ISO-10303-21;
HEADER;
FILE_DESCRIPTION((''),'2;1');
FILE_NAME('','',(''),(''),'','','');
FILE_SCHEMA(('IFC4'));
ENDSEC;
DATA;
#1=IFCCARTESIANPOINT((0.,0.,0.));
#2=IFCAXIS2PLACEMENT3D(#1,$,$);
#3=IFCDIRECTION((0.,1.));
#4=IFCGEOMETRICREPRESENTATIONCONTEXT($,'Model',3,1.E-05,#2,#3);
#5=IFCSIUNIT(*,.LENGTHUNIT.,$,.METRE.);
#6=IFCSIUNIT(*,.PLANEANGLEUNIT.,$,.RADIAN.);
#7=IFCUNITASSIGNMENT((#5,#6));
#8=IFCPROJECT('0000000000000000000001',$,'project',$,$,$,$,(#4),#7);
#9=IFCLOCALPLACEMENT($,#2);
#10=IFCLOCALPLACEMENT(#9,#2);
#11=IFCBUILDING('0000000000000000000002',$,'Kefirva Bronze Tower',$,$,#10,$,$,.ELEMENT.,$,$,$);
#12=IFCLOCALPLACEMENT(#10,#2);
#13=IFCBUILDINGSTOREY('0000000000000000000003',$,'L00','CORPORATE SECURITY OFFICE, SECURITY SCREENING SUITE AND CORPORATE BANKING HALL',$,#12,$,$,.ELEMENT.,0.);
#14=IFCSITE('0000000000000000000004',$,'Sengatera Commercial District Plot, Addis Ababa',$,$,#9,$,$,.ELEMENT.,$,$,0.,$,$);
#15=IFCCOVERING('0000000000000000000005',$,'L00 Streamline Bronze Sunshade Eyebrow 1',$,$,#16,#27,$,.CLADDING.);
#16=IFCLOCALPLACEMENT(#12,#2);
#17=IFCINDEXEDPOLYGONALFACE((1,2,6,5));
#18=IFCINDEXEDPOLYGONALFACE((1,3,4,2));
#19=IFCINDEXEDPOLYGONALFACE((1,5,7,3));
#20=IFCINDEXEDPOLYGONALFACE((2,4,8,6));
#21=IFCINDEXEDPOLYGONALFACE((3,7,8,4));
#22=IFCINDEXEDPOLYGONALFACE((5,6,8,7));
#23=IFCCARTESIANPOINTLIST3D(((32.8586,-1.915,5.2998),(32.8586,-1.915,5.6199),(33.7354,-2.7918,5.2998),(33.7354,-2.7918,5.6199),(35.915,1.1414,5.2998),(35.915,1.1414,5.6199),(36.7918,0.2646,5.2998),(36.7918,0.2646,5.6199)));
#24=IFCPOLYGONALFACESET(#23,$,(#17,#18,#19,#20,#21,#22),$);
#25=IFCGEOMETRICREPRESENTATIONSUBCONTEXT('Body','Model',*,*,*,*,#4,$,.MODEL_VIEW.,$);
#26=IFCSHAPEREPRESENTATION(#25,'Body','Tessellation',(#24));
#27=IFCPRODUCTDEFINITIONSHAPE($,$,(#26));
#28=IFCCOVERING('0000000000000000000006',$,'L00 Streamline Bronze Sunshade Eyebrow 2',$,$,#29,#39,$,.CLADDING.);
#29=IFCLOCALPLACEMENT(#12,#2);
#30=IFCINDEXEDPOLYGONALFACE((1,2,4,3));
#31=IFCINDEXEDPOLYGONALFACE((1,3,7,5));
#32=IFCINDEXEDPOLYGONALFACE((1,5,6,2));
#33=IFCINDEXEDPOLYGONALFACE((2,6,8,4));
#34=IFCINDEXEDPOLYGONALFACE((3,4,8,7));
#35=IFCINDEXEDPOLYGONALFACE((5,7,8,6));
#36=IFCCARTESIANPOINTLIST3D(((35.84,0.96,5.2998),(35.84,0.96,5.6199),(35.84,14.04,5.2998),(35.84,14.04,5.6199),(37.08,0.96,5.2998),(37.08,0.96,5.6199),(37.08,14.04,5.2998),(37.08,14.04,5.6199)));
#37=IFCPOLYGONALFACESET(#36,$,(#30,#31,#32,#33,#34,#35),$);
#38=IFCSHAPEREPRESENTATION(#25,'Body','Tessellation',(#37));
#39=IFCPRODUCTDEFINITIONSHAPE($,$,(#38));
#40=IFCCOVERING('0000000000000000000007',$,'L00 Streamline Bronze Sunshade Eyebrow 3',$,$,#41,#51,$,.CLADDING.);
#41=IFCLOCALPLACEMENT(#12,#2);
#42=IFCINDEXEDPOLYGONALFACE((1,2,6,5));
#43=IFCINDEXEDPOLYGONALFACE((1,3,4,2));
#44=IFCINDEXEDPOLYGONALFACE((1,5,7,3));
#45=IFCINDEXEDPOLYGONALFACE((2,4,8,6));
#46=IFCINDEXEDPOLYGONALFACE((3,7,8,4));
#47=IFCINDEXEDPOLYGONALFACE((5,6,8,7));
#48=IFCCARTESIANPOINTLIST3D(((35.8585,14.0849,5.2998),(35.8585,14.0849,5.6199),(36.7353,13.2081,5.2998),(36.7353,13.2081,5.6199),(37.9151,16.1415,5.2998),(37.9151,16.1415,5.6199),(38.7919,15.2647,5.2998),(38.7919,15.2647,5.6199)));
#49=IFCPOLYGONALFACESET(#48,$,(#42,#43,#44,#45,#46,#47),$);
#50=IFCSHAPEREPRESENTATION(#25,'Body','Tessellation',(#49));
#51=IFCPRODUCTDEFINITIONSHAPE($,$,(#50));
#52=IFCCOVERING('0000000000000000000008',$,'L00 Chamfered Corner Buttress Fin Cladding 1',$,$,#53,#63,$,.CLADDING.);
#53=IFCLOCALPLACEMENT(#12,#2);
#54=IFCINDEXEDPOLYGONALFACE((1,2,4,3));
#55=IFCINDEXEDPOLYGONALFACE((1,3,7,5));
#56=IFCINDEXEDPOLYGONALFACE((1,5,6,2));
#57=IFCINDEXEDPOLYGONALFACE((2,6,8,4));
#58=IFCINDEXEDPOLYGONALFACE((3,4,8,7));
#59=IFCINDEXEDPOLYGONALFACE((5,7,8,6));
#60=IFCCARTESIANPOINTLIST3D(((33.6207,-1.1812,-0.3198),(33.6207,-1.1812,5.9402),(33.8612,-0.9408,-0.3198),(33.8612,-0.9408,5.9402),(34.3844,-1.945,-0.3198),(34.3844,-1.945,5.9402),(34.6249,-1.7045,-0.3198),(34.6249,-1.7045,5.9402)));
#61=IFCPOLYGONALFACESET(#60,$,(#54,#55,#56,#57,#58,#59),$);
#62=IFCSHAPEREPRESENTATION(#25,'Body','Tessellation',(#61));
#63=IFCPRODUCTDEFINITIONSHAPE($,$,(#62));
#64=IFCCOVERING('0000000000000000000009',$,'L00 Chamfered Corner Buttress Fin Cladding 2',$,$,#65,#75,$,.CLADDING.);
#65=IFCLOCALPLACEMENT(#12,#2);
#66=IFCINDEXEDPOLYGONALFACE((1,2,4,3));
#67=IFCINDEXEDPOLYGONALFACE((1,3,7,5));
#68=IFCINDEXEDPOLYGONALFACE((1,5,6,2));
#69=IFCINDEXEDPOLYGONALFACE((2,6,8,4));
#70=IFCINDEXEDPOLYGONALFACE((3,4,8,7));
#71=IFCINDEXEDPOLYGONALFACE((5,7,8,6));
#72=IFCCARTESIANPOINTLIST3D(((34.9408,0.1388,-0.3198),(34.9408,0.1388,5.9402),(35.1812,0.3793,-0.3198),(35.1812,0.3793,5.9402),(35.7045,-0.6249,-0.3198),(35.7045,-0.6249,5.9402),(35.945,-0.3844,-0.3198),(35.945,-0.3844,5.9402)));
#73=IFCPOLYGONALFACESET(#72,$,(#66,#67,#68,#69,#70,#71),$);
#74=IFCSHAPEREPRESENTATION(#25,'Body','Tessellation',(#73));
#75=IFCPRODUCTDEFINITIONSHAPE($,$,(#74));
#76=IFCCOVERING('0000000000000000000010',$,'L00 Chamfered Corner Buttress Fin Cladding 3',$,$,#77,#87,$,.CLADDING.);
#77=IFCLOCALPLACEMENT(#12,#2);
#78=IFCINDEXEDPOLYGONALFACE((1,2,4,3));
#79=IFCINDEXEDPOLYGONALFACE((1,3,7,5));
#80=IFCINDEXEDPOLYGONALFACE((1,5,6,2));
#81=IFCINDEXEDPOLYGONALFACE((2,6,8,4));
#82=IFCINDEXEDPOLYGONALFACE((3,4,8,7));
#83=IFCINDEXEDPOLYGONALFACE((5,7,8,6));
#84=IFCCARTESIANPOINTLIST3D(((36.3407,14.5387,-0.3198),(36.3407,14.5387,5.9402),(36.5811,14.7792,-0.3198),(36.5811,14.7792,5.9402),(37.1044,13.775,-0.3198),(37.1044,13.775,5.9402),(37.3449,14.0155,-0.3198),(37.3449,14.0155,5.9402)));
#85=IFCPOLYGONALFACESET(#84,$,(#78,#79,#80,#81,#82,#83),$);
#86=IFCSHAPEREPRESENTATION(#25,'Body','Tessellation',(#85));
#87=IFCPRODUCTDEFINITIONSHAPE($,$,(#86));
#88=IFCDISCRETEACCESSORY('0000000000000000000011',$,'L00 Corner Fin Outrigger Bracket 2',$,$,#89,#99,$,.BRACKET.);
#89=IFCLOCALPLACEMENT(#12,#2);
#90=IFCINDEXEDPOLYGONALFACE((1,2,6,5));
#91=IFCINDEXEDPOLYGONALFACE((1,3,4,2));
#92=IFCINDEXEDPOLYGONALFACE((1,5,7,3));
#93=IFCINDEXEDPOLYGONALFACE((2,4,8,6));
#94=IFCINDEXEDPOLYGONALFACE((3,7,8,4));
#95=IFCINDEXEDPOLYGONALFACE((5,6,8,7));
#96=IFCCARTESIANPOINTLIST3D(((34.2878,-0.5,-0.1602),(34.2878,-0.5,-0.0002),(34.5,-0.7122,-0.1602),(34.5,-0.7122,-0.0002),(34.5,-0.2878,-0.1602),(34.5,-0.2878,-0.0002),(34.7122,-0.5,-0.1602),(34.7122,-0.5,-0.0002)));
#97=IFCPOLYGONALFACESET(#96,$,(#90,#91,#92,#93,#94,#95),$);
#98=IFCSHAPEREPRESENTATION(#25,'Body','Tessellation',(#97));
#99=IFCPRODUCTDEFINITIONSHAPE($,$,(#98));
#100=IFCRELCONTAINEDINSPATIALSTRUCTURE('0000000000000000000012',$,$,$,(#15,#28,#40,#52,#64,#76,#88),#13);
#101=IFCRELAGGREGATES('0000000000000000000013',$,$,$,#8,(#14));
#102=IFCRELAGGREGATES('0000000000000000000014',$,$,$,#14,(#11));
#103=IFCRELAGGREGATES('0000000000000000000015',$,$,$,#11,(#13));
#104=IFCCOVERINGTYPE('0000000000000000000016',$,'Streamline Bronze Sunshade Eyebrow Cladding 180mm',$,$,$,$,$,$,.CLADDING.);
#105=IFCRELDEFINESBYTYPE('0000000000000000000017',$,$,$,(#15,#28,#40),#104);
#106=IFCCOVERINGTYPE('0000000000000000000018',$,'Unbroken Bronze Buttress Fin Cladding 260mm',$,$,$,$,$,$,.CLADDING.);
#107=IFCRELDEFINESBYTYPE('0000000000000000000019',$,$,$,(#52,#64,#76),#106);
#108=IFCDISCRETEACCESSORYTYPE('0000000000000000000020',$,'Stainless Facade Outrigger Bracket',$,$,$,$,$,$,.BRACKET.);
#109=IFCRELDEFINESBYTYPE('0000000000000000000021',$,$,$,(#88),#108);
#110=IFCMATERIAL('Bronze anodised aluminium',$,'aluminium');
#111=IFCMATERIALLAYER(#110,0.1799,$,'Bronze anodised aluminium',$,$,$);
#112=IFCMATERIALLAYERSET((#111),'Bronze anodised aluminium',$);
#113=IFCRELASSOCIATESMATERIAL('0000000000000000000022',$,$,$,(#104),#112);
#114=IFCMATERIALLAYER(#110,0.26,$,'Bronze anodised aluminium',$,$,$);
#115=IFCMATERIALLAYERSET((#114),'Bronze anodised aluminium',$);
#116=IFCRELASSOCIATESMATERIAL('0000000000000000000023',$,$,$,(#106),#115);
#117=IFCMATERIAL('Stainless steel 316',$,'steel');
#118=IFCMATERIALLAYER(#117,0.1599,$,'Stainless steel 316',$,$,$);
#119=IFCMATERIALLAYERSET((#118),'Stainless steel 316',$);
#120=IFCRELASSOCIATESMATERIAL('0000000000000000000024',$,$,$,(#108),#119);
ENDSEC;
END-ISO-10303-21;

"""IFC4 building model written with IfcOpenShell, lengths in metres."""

from ifc_helpers import new_model, si_unit, direction, frame, origin, origin_2d, place, context, subcontext, project, spatial, rectangle, extrude, material, layer, layer_set, type_object, element, save


model = new_model("IFC4")

# Units and contexts
model_context = context("Model", 3, precision=1e-05, world=origin(), true_north=direction((0.0, 1.0)))
body_context = subcontext(model_context, "Body", "Model", "MODEL_VIEW")
ifc_project = project(units=[si_unit("LENGTHUNIT", "METRE"), si_unit("PLANEANGLEUNIT", "RADIAN")], contexts=[model_context])

# Site, building, storey
site_placement = place(None, origin())
site = spatial("IfcSite", under=ifc_project, at=site_placement, Name="Sengatera Commercial District Plot, Addis Ababa", CompositionType="ELEMENT", RefElevation=0.0)
building_placement = place(site_placement, origin())
building = spatial("IfcBuilding", under=site, at=building_placement, Name="Kefirva Bronze Tower", CompositionType="ELEMENT")
storey_placement = place(building_placement, origin())
storey = spatial("IfcBuildingStorey", under=building, at=storey_placement, Name="L00", Description="CORPORATE SECURITY OFFICE, SECURITY SCREENING SUITE AND CORPORATE BANKING HALL", CompositionType="ELEMENT", Elevation=0.0)

# Shared definitions
ifc_material_1 = material(Name="Bronze anodised aluminium", Category="aluminium")

# Coverings
ifc_layer_1 = layer(ifc_material_1, 0.1799, Name="Bronze anodised aluminium")
ifc_layer_set_1 = layer_set([ifc_layer_1], Name="Bronze anodised aluminium")
covering_type_1 = type_object("IfcCoveringType", Name="Streamline Bronze Sunshade Eyebrow Cladding 180mm", PredefinedType="CLADDING", material=ifc_layer_set_1)
covering_1_placement = place(storey_placement, frame((34.8252, -0.8252, 5.2998), z_axis=(0.0, 0.0, 1.0), x_axis=(0.707107, 0.707107, 0.0)))
element("IfcCovering", 1, at=covering_1_placement, inside=storey, type_object=covering_type_1, Name="L00 Streamline Bronze Sunshade Eyebrow 1", PredefinedType="CLADDING", context=body_context, shape_type="SweptSolid", body=[
    extrude(rectangle(XDim=4.3225, YDim=1.24, at=origin_2d()), origin(), (0.0, 0.0, 1.0), 0.3201),
])
covering_2_placement = place(storey_placement, frame((36.46, 7.5, 5.2998), z_axis=(0.0, 0.0, 1.0), x_axis=(0.0, 1.0, 0.0)))
element("IfcCovering", 2, at=covering_2_placement, inside=storey, type_object=covering_type_1, Name="L00 Streamline Bronze Sunshade Eyebrow 2", PredefinedType="CLADDING", context=body_context, shape_type="SweptSolid", body=[
    extrude(rectangle(XDim=13.0801, YDim=1.24, at=origin_2d()), origin(), (0.0, 0.0, 1.0), 0.3201),
])
covering_3_placement = place(storey_placement, frame((37.3252, 14.6748, 5.2998), z_axis=(0.0, 0.0, 1.0), x_axis=(0.707107, 0.707107, 0.0)))
element("IfcCovering", 3, at=covering_3_placement, inside=storey, type_object=covering_type_1, Name="L00 Streamline Bronze Sunshade Eyebrow 3", PredefinedType="CLADDING", context=body_context, shape_type="SweptSolid", body=[
    extrude(rectangle(XDim=2.9084, YDim=1.24, at=origin_2d()), origin(), (0.0, 0.0, 1.0), 0.3201),
])
ifc_layer_2 = layer(ifc_material_1, 0.26, Name="Bronze anodised aluminium")
ifc_layer_set_2 = layer_set([ifc_layer_2], Name="Bronze anodised aluminium")
covering_type_2 = type_object("IfcCoveringType", Name="Unbroken Bronze Buttress Fin Cladding 260mm", PredefinedType="CLADDING", material=ifc_layer_set_2)
for number, where, z_axis, x_axis, name in (
    (4, (34.1228, -1.4429, -0.3198), (0.0, 0.0, 1.0), (0.707107, 0.707107, 0.0), "L00 Chamfered Corner Buttress Fin Cladding 1"),
    (5, (35.4429, -0.1228, -0.3198), (0.0, 0.0, 1.0), (0.707107, 0.707107, 0.0), "L00 Chamfered Corner Buttress Fin Cladding 2"),
    (6, (36.8428, 14.2771, -0.3198), (0.0, 0.0, 1.0), (0.707107, 0.707107, 0.0), "L00 Chamfered Corner Buttress Fin Cladding 3"),
):
    element("IfcCovering", number, at=place(storey_placement, frame(where, z_axis=z_axis, x_axis=x_axis)), inside=storey, type_object=covering_type_2, Name=name, PredefinedType="CLADDING", context=body_context, shape_type="SweptSolid", body=[
        extrude(rectangle(XDim=0.3401, YDim=1.0801, at=origin_2d()), origin(), (0.0, 0.0, 1.0), 6.26),
    ])

# Discrete accessory
ifc_material_2 = material(Name="Stainless steel 316", Category="steel")
ifc_layer_3 = layer(ifc_material_2, 0.1599, Name="Stainless steel 316")
ifc_layer_set_3 = layer_set([ifc_layer_3], Name="Stainless steel 316")
discrete_accessory_type = type_object("IfcDiscreteAccessoryType", Name="Stainless Facade Outrigger Bracket", PredefinedType="BRACKET", material=ifc_layer_set_3)
discrete_accessory_placement = place(storey_placement, frame((34.5, -0.5, -0.1602), z_axis=(0.0, 0.0, 1.0), x_axis=(0.707107, 0.707107, 0.0)))
element("IfcDiscreteAccessory", 7, at=discrete_accessory_placement, inside=storey, type_object=discrete_accessory_type, Name="L00 Corner Fin Outrigger Bracket 2", PredefinedType="BRACKET", context=body_context, shape_type="SweptSolid", body=[
    extrude(rectangle(XDim=0.3, YDim=0.3, at=origin_2d()), origin(), (0.0, 0.0, 1.0), 0.1599),
])

save(model, "model.ifc")
